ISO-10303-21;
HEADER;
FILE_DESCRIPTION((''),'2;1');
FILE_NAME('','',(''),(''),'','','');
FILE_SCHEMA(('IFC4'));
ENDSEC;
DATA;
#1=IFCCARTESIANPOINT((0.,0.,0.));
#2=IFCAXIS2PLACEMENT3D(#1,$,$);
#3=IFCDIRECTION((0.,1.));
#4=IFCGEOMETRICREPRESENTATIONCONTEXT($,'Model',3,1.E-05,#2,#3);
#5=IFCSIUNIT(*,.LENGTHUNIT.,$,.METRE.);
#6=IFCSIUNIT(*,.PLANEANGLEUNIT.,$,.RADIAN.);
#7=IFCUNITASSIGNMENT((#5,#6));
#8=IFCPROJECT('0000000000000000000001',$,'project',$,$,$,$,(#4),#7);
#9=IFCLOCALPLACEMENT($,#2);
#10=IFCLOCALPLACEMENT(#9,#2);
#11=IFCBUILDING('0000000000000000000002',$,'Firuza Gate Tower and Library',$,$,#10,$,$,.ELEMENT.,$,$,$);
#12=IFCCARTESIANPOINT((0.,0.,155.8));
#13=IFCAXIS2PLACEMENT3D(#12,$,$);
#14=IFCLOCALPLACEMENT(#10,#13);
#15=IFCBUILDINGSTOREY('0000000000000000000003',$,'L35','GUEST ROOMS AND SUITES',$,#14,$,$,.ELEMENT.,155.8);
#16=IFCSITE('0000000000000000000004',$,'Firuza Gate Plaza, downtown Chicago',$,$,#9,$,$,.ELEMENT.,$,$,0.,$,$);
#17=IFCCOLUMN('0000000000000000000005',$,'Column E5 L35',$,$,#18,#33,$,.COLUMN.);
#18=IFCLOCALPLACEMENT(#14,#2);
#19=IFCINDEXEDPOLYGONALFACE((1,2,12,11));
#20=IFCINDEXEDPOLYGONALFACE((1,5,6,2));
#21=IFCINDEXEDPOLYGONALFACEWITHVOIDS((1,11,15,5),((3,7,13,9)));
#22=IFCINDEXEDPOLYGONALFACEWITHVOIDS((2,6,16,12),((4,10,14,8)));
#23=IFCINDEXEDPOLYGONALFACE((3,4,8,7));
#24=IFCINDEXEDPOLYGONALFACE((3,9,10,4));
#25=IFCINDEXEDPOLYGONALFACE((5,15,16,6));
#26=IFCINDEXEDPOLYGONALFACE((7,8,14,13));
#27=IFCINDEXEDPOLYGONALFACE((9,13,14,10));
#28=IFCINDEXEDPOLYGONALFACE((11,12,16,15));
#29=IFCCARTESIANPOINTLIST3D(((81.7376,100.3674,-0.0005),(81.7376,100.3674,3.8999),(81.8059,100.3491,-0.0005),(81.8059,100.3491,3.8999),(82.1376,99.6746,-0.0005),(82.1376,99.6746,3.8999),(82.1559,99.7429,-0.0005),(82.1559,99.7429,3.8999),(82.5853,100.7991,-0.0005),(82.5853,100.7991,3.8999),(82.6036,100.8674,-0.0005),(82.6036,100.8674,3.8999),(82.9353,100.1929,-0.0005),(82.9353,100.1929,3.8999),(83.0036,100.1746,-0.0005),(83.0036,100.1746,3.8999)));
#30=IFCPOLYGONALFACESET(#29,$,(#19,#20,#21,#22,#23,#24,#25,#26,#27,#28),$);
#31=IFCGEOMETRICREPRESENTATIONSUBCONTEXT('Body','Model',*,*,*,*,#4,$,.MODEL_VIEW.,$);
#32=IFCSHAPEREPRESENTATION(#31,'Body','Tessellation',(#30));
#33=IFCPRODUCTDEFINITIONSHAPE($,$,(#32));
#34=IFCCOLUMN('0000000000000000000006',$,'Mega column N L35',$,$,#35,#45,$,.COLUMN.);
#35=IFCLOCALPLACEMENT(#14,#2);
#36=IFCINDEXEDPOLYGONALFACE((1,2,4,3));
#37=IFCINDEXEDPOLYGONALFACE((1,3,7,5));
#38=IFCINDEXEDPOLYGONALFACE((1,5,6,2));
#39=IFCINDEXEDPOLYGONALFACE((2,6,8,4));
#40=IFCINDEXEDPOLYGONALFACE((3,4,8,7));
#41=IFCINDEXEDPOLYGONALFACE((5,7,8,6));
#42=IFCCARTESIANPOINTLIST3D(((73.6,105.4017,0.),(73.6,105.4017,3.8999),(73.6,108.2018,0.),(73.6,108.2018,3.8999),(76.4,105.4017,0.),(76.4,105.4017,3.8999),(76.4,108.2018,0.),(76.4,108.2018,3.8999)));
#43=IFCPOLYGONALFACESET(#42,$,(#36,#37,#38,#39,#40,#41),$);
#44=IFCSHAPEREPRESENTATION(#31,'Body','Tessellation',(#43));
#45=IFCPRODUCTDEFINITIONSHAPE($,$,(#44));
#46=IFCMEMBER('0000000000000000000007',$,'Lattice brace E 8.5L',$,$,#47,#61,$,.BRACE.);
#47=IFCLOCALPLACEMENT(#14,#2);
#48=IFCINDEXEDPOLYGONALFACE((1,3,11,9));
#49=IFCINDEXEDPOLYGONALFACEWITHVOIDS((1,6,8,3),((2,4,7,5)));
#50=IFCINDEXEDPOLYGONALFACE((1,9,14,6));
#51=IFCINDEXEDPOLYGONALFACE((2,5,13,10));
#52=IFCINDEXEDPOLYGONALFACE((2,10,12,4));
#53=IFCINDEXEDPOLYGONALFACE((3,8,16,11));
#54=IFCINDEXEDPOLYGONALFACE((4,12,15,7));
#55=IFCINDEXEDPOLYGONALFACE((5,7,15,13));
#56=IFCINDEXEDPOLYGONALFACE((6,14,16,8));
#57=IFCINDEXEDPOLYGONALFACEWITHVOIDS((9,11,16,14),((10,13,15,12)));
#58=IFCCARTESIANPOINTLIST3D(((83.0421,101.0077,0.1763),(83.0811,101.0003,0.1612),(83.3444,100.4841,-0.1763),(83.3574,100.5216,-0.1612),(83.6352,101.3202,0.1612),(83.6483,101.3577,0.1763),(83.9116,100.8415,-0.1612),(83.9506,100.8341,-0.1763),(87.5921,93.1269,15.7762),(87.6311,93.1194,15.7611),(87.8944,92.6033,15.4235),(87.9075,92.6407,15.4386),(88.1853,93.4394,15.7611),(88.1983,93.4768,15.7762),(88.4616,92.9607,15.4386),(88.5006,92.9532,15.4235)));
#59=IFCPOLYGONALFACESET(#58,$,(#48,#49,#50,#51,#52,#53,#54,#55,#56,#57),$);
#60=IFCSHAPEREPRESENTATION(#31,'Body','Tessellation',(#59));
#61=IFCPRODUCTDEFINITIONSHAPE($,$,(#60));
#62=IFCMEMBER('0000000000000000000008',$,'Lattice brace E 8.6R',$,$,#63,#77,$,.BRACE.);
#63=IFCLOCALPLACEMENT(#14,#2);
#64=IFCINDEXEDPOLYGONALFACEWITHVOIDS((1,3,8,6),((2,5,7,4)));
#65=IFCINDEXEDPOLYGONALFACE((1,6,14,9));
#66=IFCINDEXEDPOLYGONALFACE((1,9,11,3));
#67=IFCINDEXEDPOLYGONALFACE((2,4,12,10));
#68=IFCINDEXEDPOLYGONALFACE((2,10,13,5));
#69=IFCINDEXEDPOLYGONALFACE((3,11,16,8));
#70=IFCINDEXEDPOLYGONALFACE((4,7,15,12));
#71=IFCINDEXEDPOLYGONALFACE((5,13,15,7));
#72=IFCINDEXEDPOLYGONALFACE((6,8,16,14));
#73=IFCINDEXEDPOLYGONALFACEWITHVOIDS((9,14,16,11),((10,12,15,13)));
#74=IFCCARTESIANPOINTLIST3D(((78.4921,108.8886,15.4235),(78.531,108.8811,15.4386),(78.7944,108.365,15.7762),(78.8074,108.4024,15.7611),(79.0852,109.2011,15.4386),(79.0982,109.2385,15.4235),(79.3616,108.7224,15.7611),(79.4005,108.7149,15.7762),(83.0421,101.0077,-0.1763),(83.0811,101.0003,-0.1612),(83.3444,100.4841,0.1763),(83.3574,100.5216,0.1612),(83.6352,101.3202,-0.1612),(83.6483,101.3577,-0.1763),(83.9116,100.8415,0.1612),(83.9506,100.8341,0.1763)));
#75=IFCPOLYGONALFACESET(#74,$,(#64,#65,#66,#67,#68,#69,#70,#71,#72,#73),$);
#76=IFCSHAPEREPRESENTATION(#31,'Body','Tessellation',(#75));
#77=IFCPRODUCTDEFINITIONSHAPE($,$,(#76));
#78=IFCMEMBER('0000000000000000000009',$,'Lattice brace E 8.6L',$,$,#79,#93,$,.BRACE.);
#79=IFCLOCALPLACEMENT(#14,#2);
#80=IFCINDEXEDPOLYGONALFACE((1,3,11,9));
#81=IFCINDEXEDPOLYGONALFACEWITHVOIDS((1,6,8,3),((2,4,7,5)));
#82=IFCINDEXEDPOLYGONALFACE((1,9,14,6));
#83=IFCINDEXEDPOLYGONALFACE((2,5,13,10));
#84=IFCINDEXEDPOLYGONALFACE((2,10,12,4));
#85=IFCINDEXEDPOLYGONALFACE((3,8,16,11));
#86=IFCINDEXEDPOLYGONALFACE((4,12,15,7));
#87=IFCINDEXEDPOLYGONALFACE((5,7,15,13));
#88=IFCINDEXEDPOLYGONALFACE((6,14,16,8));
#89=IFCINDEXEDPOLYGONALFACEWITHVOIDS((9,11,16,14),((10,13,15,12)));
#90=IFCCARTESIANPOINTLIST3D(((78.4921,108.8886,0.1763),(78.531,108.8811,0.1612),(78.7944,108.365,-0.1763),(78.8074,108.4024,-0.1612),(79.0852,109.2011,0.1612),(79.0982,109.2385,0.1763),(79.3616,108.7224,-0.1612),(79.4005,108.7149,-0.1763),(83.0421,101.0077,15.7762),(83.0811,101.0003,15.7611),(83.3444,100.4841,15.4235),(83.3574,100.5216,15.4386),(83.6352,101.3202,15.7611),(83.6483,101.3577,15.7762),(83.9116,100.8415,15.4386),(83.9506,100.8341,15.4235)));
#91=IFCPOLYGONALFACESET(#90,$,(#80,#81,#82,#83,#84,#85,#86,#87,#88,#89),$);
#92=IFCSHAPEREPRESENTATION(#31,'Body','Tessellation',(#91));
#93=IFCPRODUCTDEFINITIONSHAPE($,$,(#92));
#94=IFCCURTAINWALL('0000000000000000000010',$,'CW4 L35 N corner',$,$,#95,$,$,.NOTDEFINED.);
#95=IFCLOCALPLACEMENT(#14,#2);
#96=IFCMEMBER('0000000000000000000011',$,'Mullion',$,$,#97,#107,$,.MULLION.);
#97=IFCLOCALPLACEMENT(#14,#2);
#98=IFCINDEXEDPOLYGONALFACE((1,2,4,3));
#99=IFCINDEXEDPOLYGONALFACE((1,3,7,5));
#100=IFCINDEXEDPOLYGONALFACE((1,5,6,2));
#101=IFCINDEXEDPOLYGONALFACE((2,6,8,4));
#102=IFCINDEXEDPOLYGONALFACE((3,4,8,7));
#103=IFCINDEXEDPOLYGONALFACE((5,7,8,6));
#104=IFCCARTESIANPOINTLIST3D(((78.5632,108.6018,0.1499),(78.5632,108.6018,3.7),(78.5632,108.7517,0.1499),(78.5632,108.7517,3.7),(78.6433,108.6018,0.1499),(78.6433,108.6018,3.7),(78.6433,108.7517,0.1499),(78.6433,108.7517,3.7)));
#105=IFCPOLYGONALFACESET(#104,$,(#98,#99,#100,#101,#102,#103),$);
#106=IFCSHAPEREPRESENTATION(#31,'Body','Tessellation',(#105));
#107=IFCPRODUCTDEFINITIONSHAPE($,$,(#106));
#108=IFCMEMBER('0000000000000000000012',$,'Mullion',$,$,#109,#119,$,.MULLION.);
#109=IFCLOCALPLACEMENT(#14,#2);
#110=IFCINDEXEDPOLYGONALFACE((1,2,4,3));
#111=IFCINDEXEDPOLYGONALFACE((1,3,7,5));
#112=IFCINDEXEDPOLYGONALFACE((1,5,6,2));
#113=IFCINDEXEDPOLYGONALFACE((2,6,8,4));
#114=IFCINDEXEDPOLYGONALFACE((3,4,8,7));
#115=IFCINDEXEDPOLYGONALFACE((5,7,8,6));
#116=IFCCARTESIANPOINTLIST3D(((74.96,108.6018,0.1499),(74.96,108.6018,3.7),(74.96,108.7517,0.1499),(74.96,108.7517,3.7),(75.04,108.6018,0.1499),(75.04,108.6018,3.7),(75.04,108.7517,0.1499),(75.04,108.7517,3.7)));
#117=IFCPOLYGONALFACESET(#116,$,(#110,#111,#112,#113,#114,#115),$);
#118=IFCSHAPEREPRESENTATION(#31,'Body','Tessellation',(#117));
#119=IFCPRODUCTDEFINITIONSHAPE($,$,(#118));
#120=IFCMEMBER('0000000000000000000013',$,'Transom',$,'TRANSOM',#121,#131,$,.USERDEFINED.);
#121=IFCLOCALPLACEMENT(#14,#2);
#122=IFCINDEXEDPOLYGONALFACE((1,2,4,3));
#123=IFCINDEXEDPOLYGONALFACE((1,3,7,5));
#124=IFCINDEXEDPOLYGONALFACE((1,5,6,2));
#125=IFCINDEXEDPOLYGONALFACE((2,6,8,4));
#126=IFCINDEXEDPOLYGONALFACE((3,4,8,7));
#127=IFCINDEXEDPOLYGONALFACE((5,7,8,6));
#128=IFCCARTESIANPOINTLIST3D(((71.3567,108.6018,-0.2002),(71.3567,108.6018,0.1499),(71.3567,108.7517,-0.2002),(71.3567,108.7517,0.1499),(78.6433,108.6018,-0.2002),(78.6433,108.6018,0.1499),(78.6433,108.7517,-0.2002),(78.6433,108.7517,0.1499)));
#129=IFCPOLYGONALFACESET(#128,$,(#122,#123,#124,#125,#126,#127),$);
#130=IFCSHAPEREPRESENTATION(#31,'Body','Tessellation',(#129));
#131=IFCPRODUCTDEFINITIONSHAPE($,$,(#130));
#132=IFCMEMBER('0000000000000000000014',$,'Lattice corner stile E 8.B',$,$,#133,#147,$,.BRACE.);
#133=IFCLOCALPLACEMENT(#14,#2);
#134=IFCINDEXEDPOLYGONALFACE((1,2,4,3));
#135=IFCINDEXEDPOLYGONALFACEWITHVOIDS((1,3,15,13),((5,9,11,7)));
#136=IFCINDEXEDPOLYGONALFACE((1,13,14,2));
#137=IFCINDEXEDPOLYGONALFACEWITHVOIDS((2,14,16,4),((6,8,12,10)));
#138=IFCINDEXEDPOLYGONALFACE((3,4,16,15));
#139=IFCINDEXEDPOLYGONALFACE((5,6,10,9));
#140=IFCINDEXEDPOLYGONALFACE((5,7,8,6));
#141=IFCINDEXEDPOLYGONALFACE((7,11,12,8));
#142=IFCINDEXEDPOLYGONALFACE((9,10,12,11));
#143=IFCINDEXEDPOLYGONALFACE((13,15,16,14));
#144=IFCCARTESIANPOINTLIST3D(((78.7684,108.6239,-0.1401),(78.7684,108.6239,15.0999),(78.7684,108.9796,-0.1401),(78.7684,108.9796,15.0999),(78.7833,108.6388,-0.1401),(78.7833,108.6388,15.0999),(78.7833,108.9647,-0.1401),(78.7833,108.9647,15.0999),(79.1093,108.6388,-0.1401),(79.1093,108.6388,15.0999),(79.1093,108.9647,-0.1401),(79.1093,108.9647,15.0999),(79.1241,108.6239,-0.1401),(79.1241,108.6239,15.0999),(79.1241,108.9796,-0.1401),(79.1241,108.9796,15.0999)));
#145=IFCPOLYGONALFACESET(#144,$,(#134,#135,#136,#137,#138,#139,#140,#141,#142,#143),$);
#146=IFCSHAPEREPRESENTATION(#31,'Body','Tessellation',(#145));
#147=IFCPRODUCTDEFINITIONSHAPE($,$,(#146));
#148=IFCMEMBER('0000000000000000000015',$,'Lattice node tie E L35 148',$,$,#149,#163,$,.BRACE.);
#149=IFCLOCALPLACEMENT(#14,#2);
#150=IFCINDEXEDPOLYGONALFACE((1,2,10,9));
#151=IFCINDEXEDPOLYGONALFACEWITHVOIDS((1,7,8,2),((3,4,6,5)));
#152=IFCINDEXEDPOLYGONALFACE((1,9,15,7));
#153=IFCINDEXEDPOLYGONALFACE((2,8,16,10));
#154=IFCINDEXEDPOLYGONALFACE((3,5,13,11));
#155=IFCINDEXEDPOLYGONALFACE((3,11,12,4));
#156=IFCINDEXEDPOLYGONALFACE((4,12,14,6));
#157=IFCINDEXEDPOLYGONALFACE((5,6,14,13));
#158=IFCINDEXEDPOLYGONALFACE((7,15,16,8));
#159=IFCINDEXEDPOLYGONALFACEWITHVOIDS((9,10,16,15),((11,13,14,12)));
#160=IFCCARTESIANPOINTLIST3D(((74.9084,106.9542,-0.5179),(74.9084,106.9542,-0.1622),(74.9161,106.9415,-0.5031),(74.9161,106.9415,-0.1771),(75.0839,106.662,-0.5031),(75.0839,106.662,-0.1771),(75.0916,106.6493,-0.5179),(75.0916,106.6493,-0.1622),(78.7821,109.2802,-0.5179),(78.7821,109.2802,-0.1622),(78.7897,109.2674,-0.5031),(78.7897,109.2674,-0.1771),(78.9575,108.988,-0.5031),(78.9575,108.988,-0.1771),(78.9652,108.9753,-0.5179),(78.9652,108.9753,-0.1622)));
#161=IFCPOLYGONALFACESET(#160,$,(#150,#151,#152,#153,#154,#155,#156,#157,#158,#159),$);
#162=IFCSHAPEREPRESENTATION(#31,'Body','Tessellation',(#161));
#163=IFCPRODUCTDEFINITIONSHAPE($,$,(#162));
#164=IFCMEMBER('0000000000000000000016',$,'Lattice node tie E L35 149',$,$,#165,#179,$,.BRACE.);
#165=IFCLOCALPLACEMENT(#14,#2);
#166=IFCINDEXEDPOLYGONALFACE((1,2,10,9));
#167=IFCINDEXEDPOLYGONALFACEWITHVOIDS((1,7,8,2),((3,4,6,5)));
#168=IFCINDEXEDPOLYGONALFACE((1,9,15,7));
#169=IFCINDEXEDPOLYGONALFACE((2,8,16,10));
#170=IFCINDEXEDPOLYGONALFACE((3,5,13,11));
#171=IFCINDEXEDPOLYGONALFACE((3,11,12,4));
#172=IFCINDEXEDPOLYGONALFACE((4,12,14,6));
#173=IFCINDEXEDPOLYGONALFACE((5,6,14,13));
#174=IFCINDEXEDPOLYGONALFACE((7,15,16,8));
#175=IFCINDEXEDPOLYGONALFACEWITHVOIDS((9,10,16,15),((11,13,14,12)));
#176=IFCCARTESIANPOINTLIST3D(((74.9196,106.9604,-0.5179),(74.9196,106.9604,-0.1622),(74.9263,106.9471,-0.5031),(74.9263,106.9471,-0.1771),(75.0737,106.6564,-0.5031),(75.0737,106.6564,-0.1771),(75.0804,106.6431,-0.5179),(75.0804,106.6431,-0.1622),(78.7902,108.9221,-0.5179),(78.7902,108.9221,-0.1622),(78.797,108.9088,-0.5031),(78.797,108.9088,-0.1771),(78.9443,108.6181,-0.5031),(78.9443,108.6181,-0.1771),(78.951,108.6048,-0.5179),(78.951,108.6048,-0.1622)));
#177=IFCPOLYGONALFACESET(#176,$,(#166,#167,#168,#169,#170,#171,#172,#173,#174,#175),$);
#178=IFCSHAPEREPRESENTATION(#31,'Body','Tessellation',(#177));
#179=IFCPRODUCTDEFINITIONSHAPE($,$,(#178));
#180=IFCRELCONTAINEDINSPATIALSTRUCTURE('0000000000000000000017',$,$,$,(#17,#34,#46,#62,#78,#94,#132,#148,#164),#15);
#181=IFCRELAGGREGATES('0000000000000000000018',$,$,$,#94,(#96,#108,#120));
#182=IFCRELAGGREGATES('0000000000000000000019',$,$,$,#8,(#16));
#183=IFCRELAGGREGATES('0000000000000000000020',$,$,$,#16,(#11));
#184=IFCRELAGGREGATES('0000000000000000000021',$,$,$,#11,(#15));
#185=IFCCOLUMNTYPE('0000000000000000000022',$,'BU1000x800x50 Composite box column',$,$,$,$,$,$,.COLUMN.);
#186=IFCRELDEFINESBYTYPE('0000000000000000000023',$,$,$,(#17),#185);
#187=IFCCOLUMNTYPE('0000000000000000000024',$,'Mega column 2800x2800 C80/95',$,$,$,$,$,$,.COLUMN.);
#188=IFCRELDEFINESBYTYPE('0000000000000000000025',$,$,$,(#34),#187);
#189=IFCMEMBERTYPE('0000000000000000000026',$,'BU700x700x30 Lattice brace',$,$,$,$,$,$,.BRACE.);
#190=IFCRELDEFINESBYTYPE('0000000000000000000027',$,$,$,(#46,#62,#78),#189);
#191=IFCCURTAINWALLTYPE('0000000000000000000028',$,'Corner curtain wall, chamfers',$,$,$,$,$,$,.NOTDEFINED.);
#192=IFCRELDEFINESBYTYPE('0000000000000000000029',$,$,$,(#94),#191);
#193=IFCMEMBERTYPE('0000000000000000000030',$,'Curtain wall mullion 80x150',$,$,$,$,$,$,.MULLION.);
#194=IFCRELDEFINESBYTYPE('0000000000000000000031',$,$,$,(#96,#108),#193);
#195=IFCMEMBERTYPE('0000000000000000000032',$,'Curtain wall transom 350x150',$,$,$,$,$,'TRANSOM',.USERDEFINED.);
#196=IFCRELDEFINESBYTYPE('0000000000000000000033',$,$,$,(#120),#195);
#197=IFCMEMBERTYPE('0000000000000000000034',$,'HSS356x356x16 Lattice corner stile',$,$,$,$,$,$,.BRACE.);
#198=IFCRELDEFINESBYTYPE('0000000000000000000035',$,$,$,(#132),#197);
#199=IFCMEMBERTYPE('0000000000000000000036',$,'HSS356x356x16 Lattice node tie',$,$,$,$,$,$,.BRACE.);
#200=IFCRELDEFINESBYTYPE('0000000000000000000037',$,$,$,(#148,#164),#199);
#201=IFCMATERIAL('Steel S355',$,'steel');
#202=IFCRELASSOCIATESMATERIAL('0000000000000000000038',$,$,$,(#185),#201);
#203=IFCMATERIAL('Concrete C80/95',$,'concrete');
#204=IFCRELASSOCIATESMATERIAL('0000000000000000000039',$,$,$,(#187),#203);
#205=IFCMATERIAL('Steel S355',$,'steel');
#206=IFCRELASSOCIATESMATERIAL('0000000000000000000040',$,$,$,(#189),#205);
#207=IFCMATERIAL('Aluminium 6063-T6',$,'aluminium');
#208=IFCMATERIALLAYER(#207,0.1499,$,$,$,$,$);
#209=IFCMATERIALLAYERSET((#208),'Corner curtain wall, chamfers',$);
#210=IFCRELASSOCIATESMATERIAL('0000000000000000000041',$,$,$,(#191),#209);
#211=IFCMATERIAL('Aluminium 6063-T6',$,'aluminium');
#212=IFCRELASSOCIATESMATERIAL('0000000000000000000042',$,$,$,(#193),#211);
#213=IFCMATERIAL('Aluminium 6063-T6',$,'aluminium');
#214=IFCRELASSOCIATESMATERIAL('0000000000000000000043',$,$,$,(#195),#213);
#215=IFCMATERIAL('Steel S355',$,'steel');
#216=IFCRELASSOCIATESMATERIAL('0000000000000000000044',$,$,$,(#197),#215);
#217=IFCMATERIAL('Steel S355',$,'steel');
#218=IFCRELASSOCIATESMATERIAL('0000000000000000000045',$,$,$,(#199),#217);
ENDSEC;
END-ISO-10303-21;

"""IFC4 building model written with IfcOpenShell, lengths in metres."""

from ifc_helpers import new_model, si_unit, direction, frame, origin, origin_2d, place, context, subcontext, project, spatial, rectangle, hollow_rectangle, extrude, material, layer, layer_set, material_profile, profile_set, type_object, element, aggregate, save


model = new_model("IFC4")

# Units and contexts
model_context = context("Model", 3, precision=1e-05, world=origin(), true_north=direction((0.0, 1.0)))
body_context = subcontext(model_context, "Body", "Model", "MODEL_VIEW")
ifc_project = project(units=[si_unit("LENGTHUNIT", "METRE"), si_unit("PLANEANGLEUNIT", "RADIAN")], contexts=[model_context])

# Site, building, storey
site_placement = place(None, origin())
site = spatial("IfcSite", under=ifc_project, at=site_placement, Name="Firuza Gate Plaza, downtown Chicago", CompositionType="ELEMENT", RefElevation=0.0)
building_placement = place(site_placement, origin())
building = spatial("IfcBuilding", under=site, at=building_placement, Name="Firuza Gate Tower and Library", CompositionType="ELEMENT")
storey_placement = place(building_placement, frame((0.0, 0.0, 155.8)))
storey = spatial("IfcBuildingStorey", under=building, at=storey_placement, Name="L35", Description="GUEST ROOMS AND SUITES", CompositionType="ELEMENT", Elevation=155.8)

# Columns
ifc_material_1 = material(Name="Steel S355", Category="steel")
ifc_material_profile_1 = material_profile(ifc_material_1, hollow_rectangle(XDim=0.8, YDim=1.0, WallThickness=0.05, at=origin_2d()))
ifc_profile_set_1 = profile_set([ifc_material_profile_1], Name="Steel S355")
column_type_1 = type_object("IfcColumnType", Name="BU1000x800x50 Composite box column", PredefinedType="COLUMN", material=ifc_profile_set_1)
column_1_placement = place(storey_placement, frame((82.3706, 100.271, -0.0005), z_axis=(0.0, 0.0, 1.0), x_axis=(-0.5, 0.866025, 0.0)))
element("IfcColumn", 1, at=column_1_placement, inside=storey, type_object=column_type_1, Name="Column E5 L35", PredefinedType="COLUMN", context=body_context, shape_type="SweptSolid", body=[
    extrude(hollow_rectangle(XDim=0.8, YDim=1.0, WallThickness=0.05, at=origin_2d()), origin(), (0.0, 0.0, 1.0), 3.9004),
])
ifc_material_2 = material(Name="Concrete C80/95", Category="concrete")
ifc_material_profile_2 = material_profile(ifc_material_2, rectangle(XDim=2.8, YDim=2.8, at=origin_2d()))
ifc_profile_set_2 = profile_set([ifc_material_profile_2], Name="Concrete C80/95")
column_type_2 = type_object("IfcColumnType", Name="Mega column 2800x2800 C80/95", PredefinedType="COLUMN", material=ifc_profile_set_2)
column_2_placement = place(storey_placement, frame((75.0, 106.8018, 0.0), z_axis=(0.0, 0.0, 1.0), x_axis=(-1.0, 0.0, 0.0)))
element("IfcColumn", 2, at=column_2_placement, inside=storey, type_object=column_type_2, Name="Mega column N L35", PredefinedType="COLUMN", context=body_context, shape_type="SweptSolid", body=[
    extrude(rectangle(XDim=2.8, YDim=2.8, at=origin_2d()), origin(), (0.0, 0.0, 1.0), 3.8999),
])

# Members
ifc_material_3 = material(Name="Steel S355", Category="steel")
ifc_material_profile_3 = material_profile(ifc_material_3, hollow_rectangle(XDim=0.7, YDim=0.7, WallThickness=0.03, at=origin_2d()))
ifc_profile_set_3 = profile_set([ifc_material_profile_3], Name="Steel S355")
member_type_1 = type_object("IfcMemberType", Name="BU700x700x30 Lattice brace", PredefinedType="BRACE", material=ifc_profile_set_3)
for number, where, z_axis, x_axis, name in (
    (3, (83.4963, 100.9209, 0.0), (0.25194, -0.436369, 0.863776), (0.866024, 0.500003, 0.0), "Lattice brace E 8.5L"),
    (4, (83.4963, 100.9209, 0.0), (-0.25194, 0.436369, 0.863776), (-0.866024, -0.500003, 0.0), "Lattice brace E 8.6R"),
    (5, (78.9463, 108.8018, 0.0), (0.25194, -0.436369, 0.863776), (0.866024, 0.500003, 0.0), "Lattice brace E 8.6L"),
):
    element("IfcMember", number, at=place(storey_placement, frame(where, z_axis=z_axis, x_axis=x_axis)), inside=storey, type_object=member_type_1, Name=name, PredefinedType="BRACE", context=body_context, shape_type="SweptSolid", body=[
        extrude(hollow_rectangle(XDim=0.7, YDim=0.7, WallThickness=0.03, at=origin_2d()), origin(), (0.0, 0.0, 1.0), 18.0601),
    ])

# Curtain wall, members
ifc_material_4 = material(Name="Aluminium 6063-T6", Category="aluminium")
ifc_layer_1 = layer(ifc_material_4, 0.1499)
ifc_layer_set_1 = layer_set([ifc_layer_1], Name="Corner curtain wall, chamfers")
curtain_wall_type = type_object("IfcCurtainWallType", Name="Corner curtain wall, chamfers", PredefinedType="NOTDEFINED", material=ifc_layer_set_1)
curtain_wall_placement = place(storey_placement, origin())
curtain_wall = element("IfcCurtainWall", 6, at=curtain_wall_placement, inside=storey, type_object=curtain_wall_type, Name="CW4 L35 N corner", PredefinedType="NOTDEFINED")
ifc_material_5 = material(Name="Aluminium 6063-T6", Category="aluminium")
ifc_material_profile_4 = material_profile(ifc_material_5, rectangle(XDim=0.1499, YDim=0.0801, at=origin_2d()))
ifc_profile_set_4 = profile_set([ifc_material_profile_4], Name="Aluminium 6063-T6")
member_type_2 = type_object("IfcMemberType", Name="Curtain wall mullion 80x150", PredefinedType="MULLION", material=ifc_profile_set_4)
member_1_placement = place(storey_placement, frame((78.6033, 108.6768, 0.1499), z_axis=(0.0, 0.0, 1.0), x_axis=(0.0, -1.0, 0.0)))
member_1 = element("IfcMember", 7, at=member_1_placement, type_object=member_type_2, Name="Mullion", PredefinedType="MULLION", context=body_context, shape_type="SweptSolid", body=[
    extrude(rectangle(XDim=0.1499, YDim=0.0801, at=origin_2d()), origin(), (0.0, 0.0, 1.0), 3.55),
])
member_2_placement = place(storey_placement, frame((75.0, 108.6768, 0.1499), z_axis=(0.0, 0.0, 1.0), x_axis=(0.0, -1.0, 0.0)))
member_2 = element("IfcMember", 8, at=member_2_placement, type_object=member_type_2, Name="Mullion", PredefinedType="MULLION", context=body_context, shape_type="SweptSolid", body=[
    extrude(rectangle(XDim=0.1499, YDim=0.0801, at=origin_2d()), origin(), (0.0, 0.0, 1.0), 3.55),
])
ifc_material_6 = material(Name="Aluminium 6063-T6", Category="aluminium")
ifc_material_profile_5 = material_profile(ifc_material_6, rectangle(XDim=0.1499, YDim=0.3501, at=origin_2d()))
ifc_profile_set_5 = profile_set([ifc_material_profile_5], Name="Aluminium 6063-T6")
member_type_3 = type_object("IfcMemberType", Name="Curtain wall transom 350x150", ElementType="TRANSOM", PredefinedType="USERDEFINED", material=ifc_profile_set_5)
member_3_placement = place(storey_placement, frame((78.6433, 108.6768, -0.0251), z_axis=(-1.0, 0.0, 0.0), x_axis=(0.0, -1.0, 0.0)))
member_3 = element("IfcMember", 9, at=member_3_placement, type_object=member_type_3, Name="Transom", ObjectType="TRANSOM", PredefinedType="USERDEFINED", context=body_context, shape_type="SweptSolid", body=[
    extrude(rectangle(XDim=0.1499, YDim=0.3501, at=origin_2d()), origin(), (0.0, 0.0, 1.0), 7.2866),
])

# Members
ifc_material_7 = material(Name="Steel S355", Category="steel")
ifc_material_profile_6 = material_profile(ifc_material_7, hollow_rectangle(XDim=0.3557, YDim=0.3557, WallThickness=0.0149, at=origin_2d()))
ifc_profile_set_6 = profile_set([ifc_material_profile_6], Name="Steel S355")
member_type_4 = type_object("IfcMemberType", Name="HSS356x356x16 Lattice corner stile", PredefinedType="BRACE", material=ifc_profile_set_6)
member_4_placement = place(storey_placement, frame((78.9463, 108.8018, -0.1401), z_axis=(0.0, 0.0, 1.0), x_axis=(1.0, 0.0, 0.0)))
element("IfcMember", 10, at=member_4_placement, inside=storey, type_object=member_type_4, Name="Lattice corner stile E 8.B", PredefinedType="BRACE", context=body_context, shape_type="SweptSolid", body=[
    extrude(hollow_rectangle(XDim=0.3557, YDim=0.3557, WallThickness=0.0149, at=origin_2d()), origin(), (0.0, 0.0, 1.0), 15.24),
])
ifc_material_8 = material(Name="Steel S355", Category="steel")
ifc_material_profile_7 = material_profile(ifc_material_8, hollow_rectangle(XDim=0.3557, YDim=0.3557, WallThickness=0.0149, at=origin_2d()))
ifc_profile_set_7 = profile_set([ifc_material_profile_7], Name="Steel S355")
member_type_5 = type_object("IfcMemberType", Name="HSS356x356x16 Lattice node tie", PredefinedType="BRACE", material=ifc_profile_set_7)
member_5_placement = place(storey_placement, frame((75.0, 106.8018, -0.3401), z_axis=(0.857316, 0.51479, 0.0), x_axis=(-0.51479, 0.857316, 0.0)))
element("IfcMember", 11, at=member_5_placement, inside=storey, type_object=member_type_5, Name="Lattice node tie E L35 148", PredefinedType="BRACE", context=body_context, shape_type="SweptSolid", body=[
    extrude(hollow_rectangle(XDim=0.3557, YDim=0.3557, WallThickness=0.0149, at=origin_2d()), origin(), (0.0, 0.0, 1.0), 4.5183),
])
member_6_placement = place(storey_placement, frame((75.0, 106.8018, -0.3401), z_axis=(0.891983, 0.452068, 0.0), x_axis=(-0.452068, 0.891983, 0.0)))
element("IfcMember", 12, at=member_6_placement, inside=storey, type_object=member_type_5, Name="Lattice node tie E L35 149", PredefinedType="BRACE", context=body_context, shape_type="SweptSolid", body=[
    extrude(hollow_rectangle(XDim=0.3557, YDim=0.3557, WallThickness=0.0149, at=origin_2d()), origin(), (0.0, 0.0, 1.0), 4.3394),
])

aggregate(curtain_wall, [member_1, member_2, member_3])

save(model, "model.ifc")
